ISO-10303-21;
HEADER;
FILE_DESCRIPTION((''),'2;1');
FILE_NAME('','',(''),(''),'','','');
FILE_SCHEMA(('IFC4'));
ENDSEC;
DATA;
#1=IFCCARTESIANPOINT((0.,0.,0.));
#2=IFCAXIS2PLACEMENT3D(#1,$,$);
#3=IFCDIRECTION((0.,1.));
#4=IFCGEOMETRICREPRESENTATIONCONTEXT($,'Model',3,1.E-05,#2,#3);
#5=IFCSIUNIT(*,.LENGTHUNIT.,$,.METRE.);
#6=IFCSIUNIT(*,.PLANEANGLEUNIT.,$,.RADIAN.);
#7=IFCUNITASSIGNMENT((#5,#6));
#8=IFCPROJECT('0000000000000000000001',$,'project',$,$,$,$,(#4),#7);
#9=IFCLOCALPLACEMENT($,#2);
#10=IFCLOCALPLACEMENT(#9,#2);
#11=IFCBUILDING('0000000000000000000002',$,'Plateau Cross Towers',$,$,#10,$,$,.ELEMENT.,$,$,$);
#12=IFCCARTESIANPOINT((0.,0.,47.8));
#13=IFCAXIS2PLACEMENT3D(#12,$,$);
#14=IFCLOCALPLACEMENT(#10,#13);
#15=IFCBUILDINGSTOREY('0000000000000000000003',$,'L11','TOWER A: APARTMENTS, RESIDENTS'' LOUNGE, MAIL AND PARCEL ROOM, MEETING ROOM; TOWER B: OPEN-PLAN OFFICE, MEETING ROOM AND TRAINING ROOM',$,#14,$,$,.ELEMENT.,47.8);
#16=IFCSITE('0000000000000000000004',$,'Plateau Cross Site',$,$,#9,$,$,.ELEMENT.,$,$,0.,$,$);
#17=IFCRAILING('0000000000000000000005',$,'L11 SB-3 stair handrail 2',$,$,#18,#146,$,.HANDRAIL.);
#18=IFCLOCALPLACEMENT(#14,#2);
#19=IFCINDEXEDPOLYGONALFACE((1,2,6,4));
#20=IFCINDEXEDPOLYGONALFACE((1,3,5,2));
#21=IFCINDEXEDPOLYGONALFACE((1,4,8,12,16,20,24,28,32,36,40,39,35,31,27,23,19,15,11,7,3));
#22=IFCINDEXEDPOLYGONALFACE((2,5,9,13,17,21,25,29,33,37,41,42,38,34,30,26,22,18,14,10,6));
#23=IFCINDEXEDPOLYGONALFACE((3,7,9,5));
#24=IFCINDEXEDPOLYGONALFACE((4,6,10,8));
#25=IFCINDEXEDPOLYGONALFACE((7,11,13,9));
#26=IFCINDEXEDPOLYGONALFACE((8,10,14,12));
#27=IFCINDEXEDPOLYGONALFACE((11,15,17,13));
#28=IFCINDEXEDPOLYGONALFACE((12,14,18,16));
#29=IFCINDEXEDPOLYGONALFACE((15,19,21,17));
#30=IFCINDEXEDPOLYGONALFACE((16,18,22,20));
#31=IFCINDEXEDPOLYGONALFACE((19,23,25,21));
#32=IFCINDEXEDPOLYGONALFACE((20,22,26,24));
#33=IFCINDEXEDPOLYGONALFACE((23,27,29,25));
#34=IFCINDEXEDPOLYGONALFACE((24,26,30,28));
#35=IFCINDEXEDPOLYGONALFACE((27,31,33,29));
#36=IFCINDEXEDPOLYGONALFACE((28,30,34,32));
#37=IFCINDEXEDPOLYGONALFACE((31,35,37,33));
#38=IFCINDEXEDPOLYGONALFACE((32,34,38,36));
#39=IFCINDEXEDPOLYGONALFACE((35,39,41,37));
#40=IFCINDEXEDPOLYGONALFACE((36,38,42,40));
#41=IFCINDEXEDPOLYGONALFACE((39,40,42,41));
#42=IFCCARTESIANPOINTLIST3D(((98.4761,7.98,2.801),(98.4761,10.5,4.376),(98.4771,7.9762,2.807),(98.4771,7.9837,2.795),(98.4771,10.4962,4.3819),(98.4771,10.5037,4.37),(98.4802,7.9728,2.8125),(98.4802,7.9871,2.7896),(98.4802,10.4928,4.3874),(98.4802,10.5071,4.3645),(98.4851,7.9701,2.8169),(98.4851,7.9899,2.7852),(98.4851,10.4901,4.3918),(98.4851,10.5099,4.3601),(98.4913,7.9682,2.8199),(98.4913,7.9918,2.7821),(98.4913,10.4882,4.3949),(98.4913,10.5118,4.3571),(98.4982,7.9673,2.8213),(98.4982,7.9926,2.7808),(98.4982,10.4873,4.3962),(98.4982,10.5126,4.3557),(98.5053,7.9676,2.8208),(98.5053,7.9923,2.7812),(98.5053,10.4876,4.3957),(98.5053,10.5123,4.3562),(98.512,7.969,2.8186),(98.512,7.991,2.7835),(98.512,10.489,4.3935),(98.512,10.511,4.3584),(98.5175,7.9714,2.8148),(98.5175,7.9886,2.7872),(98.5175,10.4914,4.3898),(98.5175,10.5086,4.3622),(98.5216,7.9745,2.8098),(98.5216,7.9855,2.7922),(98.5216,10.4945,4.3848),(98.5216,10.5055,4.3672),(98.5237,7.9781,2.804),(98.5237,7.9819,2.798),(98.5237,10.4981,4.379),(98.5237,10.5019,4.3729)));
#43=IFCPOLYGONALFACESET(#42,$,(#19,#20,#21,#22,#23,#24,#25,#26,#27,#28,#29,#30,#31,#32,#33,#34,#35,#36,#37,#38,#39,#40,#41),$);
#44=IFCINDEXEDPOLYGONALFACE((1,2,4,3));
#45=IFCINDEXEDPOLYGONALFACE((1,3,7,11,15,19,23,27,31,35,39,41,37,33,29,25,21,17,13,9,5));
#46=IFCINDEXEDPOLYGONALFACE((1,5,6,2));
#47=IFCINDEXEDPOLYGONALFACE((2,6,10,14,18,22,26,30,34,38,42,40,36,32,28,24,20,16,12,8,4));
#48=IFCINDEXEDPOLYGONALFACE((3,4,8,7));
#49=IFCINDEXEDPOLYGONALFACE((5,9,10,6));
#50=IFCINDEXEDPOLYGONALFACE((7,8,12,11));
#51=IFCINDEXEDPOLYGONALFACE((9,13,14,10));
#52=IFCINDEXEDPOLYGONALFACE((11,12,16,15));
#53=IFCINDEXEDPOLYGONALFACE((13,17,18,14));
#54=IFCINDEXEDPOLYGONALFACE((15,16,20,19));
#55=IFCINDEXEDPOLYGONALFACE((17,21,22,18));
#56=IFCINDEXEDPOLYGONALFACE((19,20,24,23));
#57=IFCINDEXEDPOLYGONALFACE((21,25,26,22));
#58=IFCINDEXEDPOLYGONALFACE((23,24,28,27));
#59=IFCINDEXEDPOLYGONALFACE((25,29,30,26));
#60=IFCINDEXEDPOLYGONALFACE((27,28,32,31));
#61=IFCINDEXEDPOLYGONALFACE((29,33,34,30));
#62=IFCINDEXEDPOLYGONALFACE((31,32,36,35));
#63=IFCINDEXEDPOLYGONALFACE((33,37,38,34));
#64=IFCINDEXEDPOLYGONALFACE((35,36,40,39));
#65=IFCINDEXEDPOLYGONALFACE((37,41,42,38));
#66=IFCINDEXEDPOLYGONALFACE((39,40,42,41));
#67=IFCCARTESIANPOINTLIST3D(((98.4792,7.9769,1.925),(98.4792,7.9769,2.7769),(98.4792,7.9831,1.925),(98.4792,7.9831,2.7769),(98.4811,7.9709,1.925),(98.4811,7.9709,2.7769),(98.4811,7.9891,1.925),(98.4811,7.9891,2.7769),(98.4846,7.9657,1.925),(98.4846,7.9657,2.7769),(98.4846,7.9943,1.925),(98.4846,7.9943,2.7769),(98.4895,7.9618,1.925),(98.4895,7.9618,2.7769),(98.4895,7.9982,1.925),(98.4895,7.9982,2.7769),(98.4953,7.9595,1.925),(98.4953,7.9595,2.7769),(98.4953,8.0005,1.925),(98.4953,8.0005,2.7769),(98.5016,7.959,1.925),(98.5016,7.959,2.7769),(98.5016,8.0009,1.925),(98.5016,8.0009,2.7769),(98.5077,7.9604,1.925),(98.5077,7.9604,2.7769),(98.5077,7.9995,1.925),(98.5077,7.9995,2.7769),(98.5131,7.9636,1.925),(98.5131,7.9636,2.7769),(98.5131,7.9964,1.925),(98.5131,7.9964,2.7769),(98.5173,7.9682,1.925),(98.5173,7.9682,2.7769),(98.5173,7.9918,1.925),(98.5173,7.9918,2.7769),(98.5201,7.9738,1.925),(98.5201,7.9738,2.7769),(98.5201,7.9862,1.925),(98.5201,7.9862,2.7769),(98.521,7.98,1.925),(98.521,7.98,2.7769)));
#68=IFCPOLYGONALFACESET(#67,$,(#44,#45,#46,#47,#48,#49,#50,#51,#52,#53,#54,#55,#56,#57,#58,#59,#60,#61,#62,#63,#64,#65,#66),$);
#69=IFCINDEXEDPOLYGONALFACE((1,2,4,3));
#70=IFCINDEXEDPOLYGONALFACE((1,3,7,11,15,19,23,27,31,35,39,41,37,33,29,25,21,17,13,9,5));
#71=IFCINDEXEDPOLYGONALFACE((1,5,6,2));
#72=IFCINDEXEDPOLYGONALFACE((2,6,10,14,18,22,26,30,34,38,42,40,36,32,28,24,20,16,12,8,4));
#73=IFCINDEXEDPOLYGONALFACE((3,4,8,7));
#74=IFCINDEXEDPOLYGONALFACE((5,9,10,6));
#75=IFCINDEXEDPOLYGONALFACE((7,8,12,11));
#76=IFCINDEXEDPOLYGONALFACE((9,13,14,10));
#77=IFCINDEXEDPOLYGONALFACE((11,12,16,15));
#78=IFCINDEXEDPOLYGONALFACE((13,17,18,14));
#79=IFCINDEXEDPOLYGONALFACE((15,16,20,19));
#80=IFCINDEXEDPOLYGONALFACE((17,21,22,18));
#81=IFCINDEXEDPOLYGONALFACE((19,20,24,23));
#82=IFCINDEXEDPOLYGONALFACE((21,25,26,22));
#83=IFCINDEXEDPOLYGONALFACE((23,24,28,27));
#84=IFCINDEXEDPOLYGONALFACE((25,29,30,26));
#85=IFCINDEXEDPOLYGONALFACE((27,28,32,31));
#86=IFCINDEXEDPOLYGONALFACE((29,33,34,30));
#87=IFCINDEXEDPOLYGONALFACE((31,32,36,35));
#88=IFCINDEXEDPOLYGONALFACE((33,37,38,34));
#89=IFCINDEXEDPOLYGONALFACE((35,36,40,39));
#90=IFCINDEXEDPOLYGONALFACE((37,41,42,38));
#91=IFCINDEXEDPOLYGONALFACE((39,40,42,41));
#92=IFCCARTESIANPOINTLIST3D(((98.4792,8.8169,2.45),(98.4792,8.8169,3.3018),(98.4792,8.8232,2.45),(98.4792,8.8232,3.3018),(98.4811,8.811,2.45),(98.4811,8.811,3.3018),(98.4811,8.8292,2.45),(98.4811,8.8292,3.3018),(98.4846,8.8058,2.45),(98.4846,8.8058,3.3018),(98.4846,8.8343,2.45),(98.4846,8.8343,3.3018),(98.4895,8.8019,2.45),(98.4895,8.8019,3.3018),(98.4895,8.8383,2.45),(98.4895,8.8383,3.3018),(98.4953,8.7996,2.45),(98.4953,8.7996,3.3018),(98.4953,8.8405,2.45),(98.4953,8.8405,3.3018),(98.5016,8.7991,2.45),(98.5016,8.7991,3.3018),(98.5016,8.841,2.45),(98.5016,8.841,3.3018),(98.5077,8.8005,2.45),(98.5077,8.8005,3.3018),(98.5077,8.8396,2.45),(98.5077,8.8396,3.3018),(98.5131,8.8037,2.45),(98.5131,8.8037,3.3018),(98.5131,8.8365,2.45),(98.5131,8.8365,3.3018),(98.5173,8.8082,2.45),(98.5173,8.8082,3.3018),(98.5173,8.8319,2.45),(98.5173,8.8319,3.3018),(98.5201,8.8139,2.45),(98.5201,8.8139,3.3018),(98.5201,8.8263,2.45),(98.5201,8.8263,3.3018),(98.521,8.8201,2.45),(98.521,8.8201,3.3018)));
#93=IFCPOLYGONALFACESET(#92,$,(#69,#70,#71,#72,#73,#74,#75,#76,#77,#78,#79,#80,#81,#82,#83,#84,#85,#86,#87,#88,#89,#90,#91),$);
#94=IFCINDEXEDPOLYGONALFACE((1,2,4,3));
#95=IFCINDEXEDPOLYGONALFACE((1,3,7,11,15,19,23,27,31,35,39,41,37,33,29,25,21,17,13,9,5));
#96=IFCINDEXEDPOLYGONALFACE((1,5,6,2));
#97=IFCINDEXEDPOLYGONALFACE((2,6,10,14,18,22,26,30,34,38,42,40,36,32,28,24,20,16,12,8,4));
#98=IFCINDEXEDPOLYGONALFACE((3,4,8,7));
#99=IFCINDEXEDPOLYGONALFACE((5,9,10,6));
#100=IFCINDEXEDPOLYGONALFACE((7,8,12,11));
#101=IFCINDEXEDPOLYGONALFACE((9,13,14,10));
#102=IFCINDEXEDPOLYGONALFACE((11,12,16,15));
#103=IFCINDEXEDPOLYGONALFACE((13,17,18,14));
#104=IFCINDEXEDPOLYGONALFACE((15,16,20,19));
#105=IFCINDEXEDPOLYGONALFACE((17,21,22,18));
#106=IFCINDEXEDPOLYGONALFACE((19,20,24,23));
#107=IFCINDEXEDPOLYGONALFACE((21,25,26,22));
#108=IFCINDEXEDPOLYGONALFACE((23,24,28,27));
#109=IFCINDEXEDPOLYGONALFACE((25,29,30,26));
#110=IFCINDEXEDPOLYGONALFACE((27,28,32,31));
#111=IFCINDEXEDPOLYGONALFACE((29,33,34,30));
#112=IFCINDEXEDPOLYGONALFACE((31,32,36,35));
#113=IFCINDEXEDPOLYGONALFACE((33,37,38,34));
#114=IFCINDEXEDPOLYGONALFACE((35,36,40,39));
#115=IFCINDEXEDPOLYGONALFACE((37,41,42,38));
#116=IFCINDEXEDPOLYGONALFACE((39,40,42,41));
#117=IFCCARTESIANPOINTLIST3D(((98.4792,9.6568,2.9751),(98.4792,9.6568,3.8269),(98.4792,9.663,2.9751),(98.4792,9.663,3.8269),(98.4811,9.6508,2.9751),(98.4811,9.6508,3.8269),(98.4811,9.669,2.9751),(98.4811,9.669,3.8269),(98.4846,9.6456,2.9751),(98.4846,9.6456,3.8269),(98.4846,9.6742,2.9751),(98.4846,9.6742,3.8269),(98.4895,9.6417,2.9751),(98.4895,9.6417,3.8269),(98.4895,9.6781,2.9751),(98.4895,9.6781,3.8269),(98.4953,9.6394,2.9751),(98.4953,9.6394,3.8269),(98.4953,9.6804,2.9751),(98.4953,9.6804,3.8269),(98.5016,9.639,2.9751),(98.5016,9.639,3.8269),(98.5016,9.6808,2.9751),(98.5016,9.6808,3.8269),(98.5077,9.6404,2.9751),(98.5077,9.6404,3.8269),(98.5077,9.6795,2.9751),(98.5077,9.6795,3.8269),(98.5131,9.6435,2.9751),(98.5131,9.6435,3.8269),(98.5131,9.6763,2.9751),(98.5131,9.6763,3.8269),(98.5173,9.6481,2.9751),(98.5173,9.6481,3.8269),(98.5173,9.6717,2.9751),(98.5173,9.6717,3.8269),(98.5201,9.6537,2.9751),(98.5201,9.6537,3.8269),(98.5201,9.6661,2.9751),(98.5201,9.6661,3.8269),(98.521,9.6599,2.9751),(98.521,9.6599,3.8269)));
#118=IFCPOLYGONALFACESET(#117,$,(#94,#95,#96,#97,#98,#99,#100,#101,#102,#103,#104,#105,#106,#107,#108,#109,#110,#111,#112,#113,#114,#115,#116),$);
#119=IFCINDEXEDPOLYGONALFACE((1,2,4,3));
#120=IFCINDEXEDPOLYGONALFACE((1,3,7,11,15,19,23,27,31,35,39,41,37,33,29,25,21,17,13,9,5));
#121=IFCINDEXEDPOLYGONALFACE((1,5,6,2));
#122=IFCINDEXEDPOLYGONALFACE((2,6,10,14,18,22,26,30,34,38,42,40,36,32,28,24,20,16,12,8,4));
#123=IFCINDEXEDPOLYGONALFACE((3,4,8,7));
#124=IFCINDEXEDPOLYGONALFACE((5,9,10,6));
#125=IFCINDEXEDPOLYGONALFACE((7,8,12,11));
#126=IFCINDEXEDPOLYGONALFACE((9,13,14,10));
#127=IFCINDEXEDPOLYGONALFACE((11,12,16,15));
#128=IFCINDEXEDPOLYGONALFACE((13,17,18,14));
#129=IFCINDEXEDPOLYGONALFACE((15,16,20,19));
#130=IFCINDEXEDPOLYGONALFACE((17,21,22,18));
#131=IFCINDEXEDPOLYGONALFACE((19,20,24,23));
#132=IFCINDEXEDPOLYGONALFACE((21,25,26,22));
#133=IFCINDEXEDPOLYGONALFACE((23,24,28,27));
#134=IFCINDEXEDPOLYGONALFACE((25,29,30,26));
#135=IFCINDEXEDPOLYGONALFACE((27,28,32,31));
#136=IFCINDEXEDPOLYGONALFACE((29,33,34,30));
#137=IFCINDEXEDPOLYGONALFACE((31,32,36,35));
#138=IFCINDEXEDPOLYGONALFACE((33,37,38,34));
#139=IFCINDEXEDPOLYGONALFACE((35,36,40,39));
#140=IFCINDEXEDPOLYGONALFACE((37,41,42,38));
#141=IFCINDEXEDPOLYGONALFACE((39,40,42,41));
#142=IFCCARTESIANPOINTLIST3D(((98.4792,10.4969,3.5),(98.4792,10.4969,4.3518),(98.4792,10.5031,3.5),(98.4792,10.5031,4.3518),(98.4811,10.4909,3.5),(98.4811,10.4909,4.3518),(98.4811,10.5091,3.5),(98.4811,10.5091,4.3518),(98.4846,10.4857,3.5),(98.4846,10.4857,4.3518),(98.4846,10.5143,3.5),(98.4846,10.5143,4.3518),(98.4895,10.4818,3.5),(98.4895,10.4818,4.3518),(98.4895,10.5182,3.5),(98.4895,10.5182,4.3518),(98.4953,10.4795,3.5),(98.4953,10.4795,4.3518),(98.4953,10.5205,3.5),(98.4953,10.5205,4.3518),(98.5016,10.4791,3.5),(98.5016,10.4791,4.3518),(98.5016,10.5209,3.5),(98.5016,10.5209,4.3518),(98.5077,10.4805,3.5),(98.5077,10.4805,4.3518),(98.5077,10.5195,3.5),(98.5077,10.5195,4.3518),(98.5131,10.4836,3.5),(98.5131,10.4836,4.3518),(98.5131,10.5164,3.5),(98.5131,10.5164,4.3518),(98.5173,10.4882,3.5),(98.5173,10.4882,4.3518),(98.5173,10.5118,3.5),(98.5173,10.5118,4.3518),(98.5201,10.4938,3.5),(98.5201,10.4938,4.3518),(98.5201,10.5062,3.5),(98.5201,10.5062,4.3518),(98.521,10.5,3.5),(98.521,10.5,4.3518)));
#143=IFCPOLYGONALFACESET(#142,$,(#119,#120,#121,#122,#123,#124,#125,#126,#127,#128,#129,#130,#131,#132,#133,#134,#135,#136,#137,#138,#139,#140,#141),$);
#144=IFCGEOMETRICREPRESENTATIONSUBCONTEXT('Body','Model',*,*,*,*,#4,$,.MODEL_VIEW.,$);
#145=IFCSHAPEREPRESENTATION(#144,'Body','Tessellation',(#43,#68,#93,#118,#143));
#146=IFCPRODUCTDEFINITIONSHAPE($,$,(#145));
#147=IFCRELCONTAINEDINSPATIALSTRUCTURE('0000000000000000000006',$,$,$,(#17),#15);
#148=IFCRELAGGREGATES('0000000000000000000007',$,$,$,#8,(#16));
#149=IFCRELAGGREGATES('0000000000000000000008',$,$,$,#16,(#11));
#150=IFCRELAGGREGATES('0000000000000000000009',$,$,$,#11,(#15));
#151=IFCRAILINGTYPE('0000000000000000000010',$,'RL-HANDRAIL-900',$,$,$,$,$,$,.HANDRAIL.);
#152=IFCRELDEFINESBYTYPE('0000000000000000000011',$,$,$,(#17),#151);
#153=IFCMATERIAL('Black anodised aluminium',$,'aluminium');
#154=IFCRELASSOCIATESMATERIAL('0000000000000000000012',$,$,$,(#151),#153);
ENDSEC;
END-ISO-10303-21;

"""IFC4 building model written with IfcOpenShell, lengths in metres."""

from ifc_helpers import new_model, si_unit, direction, frame, origin, origin_2d, place, context, subcontext, project, spatial, circle, extrude, material, type_object, element, save


model = new_model("IFC4")

# Units and contexts
model_context = context("Model", 3, precision=1e-05, world=origin(), true_north=direction((0.0, 1.0)))
body_context = subcontext(model_context, "Body", "Model", "MODEL_VIEW")
ifc_project = project(units=[si_unit("LENGTHUNIT", "METRE"), si_unit("PLANEANGLEUNIT", "RADIAN")], contexts=[model_context])

# Site, building, storey
site_placement = place(None, origin())
site = spatial("IfcSite", under=ifc_project, at=site_placement, Name="Plateau Cross Site", CompositionType="ELEMENT", RefElevation=0.0)
building_placement = place(site_placement, origin())
building = spatial("IfcBuilding", under=site, at=building_placement, Name="Plateau Cross Towers", CompositionType="ELEMENT")
storey_placement = place(building_placement, frame((0.0, 0.0, 47.8)))
storey = spatial("IfcBuildingStorey", under=building, at=storey_placement, Name="L11", Description="TOWER A: APARTMENTS, RESIDENTS' LOUNGE, MAIL AND PARCEL ROOM, MEETING ROOM; TOWER B: OPEN-PLAN OFFICE, MEETING ROOM AND TRAINING ROOM", CompositionType="ELEMENT", Elevation=47.8)

# Shared definitions
ifc_material_1 = material(Name="Black anodised aluminium", Category="aluminium")

# Railing
railing_type_1 = type_object("IfcRailingType", Name="RL-HANDRAIL-900", PredefinedType="HANDRAIL", material=ifc_material_1)
railing_1_placement = place(storey_placement, frame((98.5, 7.98, 1.925)))
element("IfcRailing", 1, at=railing_1_placement, inside=storey, type_object=railing_type_1, Name="L11 SB-3 stair handrail 2", PredefinedType="HANDRAIL", context=body_context, shape_type="SweptSolid", body=[
    extrude(circle(Radius=0.0239, at=origin_2d()), frame((0.0, 0.0, 0.876), z_axis=(0.0, 0.848008, 0.529984), x_axis=(-1.0, 0.0, 0.0)), (0.0, 0.0, 1.0), 2.9717),
    extrude(circle(Radius=0.021, at=origin_2d()), origin(), (0.0, 0.0, 1.0), 0.8518),
    extrude(circle(Radius=0.021, at=origin_2d()), frame((0.0, 0.8401, 0.5249)), (0.0, 0.0, 1.0), 0.8518),
    extrude(circle(Radius=0.021, at=origin_2d()), frame((0.0, 1.6799, 1.05)), (0.0, 0.0, 1.0), 0.8518),
    extrude(circle(Radius=0.021, at=origin_2d()), frame((0.0, 2.52, 1.575)), (0.0, 0.0, 1.0), 0.8518),
])

save(model, "model.ifc")
